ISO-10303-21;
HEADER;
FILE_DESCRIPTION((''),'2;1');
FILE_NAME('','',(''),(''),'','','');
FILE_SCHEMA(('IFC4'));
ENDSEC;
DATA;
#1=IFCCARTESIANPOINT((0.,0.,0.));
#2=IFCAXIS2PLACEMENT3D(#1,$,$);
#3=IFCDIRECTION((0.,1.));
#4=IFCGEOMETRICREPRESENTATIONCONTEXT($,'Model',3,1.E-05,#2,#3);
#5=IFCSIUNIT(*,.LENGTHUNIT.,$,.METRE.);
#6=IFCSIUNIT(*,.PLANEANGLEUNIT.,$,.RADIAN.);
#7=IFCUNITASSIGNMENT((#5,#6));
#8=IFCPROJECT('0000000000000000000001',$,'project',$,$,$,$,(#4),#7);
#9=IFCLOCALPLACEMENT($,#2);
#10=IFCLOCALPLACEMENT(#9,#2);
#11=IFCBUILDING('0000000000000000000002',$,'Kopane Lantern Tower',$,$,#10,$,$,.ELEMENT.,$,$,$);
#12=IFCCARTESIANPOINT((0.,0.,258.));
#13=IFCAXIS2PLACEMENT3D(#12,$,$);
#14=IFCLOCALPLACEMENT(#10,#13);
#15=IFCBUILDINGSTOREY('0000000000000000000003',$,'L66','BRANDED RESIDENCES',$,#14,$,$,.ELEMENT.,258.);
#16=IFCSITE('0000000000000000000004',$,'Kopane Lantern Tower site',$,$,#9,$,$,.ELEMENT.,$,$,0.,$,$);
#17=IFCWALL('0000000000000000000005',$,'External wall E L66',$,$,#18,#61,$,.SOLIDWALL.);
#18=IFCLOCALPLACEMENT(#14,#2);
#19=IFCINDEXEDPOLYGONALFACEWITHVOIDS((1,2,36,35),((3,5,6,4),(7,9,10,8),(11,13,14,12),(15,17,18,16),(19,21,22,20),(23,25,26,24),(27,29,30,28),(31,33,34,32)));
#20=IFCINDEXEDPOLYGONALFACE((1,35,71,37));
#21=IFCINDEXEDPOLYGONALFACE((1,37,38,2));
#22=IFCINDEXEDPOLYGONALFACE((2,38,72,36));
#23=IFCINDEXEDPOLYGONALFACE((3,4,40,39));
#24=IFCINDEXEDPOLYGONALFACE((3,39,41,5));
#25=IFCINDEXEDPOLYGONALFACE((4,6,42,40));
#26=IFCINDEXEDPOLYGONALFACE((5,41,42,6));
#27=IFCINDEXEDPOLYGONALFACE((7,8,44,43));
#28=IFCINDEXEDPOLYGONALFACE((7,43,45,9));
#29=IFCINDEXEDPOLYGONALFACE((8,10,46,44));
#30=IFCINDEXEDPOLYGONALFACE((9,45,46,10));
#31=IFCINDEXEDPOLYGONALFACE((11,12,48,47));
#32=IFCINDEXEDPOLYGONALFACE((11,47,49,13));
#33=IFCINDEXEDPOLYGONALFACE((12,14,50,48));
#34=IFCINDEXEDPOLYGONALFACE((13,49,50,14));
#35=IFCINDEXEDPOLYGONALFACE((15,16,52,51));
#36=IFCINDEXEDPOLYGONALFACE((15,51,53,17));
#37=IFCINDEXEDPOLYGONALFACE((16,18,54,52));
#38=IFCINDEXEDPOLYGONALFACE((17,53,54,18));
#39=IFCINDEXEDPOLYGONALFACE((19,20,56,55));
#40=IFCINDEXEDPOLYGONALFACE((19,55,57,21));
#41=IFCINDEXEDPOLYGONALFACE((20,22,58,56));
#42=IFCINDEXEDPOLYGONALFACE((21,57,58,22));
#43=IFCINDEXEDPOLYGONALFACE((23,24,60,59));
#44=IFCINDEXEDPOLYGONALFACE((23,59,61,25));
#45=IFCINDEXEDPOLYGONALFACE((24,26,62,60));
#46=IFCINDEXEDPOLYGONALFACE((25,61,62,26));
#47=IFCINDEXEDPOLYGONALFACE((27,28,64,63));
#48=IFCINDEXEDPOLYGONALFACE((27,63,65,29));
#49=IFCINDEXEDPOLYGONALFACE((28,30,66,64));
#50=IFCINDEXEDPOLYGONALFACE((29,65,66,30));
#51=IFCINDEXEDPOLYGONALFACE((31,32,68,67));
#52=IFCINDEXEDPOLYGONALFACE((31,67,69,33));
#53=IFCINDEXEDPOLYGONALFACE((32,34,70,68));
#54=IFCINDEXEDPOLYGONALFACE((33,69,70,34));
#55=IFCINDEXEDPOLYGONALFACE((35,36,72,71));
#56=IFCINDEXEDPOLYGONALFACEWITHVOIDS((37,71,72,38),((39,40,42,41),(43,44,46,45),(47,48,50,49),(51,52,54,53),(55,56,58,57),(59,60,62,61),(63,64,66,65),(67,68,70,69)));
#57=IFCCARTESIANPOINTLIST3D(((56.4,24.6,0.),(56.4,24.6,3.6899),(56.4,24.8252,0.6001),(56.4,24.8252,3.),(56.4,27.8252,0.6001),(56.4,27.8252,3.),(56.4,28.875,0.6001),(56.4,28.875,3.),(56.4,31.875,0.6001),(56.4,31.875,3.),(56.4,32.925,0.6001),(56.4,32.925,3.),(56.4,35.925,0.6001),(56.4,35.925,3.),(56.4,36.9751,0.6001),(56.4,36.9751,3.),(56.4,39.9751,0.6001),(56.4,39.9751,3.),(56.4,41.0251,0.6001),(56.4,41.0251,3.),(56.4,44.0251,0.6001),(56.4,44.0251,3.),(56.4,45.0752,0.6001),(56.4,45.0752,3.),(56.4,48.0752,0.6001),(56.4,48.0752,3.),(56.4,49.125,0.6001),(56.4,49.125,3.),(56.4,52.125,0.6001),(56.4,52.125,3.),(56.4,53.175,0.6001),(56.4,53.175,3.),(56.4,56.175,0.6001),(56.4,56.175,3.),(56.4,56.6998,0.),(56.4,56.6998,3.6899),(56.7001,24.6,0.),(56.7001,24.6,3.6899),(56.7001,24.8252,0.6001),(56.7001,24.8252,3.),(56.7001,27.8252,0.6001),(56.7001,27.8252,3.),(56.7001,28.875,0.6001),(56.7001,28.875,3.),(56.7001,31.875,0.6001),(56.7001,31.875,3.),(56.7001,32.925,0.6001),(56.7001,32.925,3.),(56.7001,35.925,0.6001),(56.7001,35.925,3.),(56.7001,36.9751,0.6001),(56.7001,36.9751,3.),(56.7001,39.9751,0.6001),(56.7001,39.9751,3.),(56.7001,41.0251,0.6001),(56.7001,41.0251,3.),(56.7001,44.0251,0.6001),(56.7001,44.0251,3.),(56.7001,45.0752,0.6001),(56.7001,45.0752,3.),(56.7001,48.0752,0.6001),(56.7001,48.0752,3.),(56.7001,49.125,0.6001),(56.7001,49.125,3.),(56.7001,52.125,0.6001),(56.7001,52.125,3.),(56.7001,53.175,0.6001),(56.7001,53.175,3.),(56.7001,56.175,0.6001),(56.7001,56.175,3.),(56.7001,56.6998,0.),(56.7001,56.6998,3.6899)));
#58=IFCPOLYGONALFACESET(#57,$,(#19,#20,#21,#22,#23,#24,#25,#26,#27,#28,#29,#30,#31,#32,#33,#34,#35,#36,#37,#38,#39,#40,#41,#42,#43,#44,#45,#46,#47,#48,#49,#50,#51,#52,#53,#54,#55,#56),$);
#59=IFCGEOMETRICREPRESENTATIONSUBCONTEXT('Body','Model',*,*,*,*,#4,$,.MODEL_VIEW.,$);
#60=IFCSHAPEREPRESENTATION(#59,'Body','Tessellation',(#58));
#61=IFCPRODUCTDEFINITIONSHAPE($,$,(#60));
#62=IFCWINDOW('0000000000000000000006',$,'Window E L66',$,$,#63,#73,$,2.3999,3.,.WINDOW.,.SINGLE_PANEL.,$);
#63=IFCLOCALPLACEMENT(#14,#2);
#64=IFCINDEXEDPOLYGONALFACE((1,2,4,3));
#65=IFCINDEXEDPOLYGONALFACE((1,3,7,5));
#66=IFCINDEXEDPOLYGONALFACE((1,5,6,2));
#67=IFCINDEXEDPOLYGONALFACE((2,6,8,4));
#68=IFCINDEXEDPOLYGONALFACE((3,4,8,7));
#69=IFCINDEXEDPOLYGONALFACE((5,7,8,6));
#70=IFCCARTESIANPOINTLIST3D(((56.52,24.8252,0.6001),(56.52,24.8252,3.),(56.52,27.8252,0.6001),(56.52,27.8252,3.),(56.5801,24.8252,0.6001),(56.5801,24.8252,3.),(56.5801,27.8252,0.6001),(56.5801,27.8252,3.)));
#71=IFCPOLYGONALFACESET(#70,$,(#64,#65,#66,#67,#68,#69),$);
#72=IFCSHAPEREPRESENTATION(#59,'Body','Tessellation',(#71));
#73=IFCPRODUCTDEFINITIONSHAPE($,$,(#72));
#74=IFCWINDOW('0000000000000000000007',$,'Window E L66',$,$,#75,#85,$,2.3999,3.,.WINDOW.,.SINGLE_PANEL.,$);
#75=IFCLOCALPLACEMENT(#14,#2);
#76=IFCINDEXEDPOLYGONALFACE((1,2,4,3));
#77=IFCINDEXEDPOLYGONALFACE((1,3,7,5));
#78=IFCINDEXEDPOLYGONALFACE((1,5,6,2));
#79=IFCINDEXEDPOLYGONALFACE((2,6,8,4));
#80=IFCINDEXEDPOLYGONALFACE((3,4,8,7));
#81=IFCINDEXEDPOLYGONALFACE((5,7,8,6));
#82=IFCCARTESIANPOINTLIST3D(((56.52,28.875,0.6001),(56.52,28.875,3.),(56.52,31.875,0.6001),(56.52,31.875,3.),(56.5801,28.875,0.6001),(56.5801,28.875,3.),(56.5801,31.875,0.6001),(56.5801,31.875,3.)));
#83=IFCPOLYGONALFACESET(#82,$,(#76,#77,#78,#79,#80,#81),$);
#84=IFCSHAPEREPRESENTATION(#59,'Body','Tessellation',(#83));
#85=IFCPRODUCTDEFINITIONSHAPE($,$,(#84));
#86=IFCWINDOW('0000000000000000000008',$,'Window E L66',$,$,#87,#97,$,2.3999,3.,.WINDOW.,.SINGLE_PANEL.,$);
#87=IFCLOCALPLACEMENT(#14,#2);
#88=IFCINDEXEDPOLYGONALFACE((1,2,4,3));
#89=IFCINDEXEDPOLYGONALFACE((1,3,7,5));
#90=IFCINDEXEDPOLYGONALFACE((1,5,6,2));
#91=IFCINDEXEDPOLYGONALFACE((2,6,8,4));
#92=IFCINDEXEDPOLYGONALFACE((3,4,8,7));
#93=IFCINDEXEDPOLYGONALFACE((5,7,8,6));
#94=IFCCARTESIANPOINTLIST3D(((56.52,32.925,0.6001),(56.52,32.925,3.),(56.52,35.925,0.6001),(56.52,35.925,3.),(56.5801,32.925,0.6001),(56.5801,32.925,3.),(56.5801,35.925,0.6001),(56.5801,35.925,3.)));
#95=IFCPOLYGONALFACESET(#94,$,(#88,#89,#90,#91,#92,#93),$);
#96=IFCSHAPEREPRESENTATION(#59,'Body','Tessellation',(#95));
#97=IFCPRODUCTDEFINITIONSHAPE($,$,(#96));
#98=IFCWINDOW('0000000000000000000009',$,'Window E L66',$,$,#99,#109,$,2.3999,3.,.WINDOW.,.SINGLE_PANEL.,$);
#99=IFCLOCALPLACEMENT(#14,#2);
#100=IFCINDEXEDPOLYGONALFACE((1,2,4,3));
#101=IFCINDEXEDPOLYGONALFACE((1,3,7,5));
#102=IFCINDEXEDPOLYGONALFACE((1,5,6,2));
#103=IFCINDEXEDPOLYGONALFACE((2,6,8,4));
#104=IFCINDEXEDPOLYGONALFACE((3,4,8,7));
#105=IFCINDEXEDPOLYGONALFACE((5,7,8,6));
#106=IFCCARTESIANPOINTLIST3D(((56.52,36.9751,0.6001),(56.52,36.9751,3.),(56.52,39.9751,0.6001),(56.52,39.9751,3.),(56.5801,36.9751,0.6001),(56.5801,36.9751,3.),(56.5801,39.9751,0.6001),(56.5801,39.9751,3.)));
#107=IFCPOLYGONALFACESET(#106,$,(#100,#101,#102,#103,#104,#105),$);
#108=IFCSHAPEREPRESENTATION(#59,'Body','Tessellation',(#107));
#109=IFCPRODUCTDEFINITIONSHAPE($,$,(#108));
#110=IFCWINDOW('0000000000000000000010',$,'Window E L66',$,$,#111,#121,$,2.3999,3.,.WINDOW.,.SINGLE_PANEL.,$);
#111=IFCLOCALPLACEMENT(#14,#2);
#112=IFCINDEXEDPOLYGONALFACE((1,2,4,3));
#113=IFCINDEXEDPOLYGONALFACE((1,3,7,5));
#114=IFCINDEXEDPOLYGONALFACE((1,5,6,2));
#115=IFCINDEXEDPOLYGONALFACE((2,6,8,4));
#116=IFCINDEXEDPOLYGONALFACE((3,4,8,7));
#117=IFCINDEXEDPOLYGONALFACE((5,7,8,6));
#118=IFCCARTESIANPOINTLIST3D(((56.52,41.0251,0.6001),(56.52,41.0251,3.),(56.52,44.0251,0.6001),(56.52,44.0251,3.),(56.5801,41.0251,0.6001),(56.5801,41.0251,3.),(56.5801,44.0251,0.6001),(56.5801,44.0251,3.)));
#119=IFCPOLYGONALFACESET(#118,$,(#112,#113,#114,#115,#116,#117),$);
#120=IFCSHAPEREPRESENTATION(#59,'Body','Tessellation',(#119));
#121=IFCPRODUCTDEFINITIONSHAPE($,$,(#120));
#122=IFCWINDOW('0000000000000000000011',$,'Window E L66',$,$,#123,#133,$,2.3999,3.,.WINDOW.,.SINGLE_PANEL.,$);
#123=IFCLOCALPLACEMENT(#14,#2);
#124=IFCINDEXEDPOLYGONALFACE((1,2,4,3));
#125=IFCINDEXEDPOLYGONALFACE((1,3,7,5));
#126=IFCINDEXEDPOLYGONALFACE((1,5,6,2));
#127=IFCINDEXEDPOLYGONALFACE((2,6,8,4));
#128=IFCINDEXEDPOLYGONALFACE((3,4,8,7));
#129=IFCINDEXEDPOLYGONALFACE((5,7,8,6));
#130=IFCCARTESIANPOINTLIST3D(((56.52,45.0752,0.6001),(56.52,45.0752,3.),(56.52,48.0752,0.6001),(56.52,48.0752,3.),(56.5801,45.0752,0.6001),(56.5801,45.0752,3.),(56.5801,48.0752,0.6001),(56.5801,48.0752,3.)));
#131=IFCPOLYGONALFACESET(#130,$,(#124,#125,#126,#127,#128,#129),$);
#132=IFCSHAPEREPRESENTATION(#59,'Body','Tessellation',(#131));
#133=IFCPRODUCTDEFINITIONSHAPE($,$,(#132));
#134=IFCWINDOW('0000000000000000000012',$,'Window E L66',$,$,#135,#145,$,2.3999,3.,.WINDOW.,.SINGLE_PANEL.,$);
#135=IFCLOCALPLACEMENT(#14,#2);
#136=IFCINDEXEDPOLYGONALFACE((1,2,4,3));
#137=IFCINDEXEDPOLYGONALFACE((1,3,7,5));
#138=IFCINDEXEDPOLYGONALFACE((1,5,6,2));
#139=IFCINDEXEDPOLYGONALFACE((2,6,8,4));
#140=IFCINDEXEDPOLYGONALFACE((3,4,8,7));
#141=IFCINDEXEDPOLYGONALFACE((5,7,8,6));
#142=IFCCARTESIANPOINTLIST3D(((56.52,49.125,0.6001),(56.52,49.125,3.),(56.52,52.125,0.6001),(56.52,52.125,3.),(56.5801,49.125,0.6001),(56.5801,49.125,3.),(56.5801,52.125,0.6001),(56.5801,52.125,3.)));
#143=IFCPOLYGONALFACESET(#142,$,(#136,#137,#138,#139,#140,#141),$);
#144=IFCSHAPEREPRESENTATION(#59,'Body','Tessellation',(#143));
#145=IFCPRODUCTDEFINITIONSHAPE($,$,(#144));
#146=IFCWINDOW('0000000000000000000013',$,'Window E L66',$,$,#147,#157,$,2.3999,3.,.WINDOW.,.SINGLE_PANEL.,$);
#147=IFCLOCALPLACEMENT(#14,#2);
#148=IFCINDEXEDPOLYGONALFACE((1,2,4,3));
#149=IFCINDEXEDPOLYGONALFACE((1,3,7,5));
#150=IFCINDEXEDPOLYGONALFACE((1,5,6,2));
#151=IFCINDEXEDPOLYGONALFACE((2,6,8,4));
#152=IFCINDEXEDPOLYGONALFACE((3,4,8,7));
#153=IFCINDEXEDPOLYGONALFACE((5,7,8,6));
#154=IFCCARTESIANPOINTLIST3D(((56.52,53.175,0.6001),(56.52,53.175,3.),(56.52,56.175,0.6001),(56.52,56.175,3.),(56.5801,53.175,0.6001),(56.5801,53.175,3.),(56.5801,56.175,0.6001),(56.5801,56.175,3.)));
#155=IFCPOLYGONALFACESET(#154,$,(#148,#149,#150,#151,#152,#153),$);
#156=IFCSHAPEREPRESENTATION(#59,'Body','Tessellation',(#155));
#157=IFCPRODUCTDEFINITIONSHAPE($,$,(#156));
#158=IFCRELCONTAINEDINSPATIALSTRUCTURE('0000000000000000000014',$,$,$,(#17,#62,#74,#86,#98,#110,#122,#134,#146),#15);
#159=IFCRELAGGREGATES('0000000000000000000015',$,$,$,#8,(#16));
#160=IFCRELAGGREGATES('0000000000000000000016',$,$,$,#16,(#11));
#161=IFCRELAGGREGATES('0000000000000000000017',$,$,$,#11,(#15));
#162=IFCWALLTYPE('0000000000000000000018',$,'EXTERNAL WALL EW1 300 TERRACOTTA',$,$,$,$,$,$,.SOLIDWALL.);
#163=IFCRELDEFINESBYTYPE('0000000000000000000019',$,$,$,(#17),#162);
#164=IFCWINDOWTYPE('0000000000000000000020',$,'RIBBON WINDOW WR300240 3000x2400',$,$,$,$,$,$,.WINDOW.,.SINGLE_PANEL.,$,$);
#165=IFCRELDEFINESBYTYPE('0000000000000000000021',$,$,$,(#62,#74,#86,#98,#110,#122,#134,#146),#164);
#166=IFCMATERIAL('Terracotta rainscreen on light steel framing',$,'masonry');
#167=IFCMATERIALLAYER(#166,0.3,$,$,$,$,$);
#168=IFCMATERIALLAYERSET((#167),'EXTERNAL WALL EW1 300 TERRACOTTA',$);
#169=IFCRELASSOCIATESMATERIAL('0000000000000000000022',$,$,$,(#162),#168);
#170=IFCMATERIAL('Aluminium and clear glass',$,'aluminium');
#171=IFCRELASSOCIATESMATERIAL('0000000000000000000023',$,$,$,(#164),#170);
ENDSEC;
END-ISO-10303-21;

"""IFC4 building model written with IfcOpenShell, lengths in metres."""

from ifc_helpers import new_model, si_unit, direction, frame, frame_2d, origin, place, context, subcontext, project, spatial, rectangle, extrude, material, layer, layer_set, type_object, element, fill, save


model = new_model("IFC4")

# Units and contexts
model_context = context("Model", 3, precision=1e-05, world=origin(), true_north=direction((0.0, 1.0)))
body_context = subcontext(model_context, "Body", "Model", "MODEL_VIEW")
ifc_project = project(units=[si_unit("LENGTHUNIT", "METRE"), si_unit("PLANEANGLEUNIT", "RADIAN")], contexts=[model_context])

# Site, building, storey
site_placement = place(None, origin())
site = spatial("IfcSite", under=ifc_project, at=site_placement, Name="Kopane Lantern Tower site", CompositionType="ELEMENT", RefElevation=0.0)
building_placement = place(site_placement, origin())
building = spatial("IfcBuilding", under=site, at=building_placement, Name="Kopane Lantern Tower", CompositionType="ELEMENT")
storey_placement = place(building_placement, frame((0.0, 0.0, 258.0)))
storey = spatial("IfcBuildingStorey", under=building, at=storey_placement, Name="L66", Description="BRANDED RESIDENCES", CompositionType="ELEMENT", Elevation=258.0)

# Shared definitions
ifc_material_1 = material(Name="Terracotta rainscreen on light steel framing", Category="masonry")
ifc_layer_1 = layer(ifc_material_1, 0.3)
ifc_layer_set_1 = layer_set([ifc_layer_1], Name="EXTERNAL WALL EW1 300 TERRACOTTA")
wall_type_1 = type_object("IfcWallType", Name="EXTERNAL WALL EW1 300 TERRACOTTA", PredefinedType="SOLIDWALL", material=ifc_layer_set_1)

# Wall, openings, windows
wall_1_placement = place(storey_placement, frame((56.55, 24.6001, 0.0), z_axis=(0.0, 0.0, 1.0), x_axis=(0.0, 1.0, 0.0)))
wall_1 = element("IfcWall", 1, at=wall_1_placement, inside=storey, type_object=wall_type_1, Name="External wall E L66", PredefinedType="SOLIDWALL", context=body_context, shape_type="SweptSolid", body=[
    extrude(rectangle(XDim=32.0999, YDim=0.3, at=frame_2d((16.0498, 0.0))), origin(), (0.0, 0.0, 1.0), 3.6899),
])
opening_1_placement = place(wall_1_placement, frame((0.2251, 0.0, 0.6001)))
opening_1 = element("IfcOpeningElement", 2, at=opening_1_placement, cuts=wall_1, PredefinedType="OPENING", context=body_context, shape_type="SweptSolid", body=[
    extrude(rectangle(XDim=3.0, YDim=2.3999, at=frame_2d((1.5, 1.2))), frame((0.0, 0.1599, 0.0), z_axis=(0.0, -1.0, 0.0), x_axis=(1.0, 0.0, 0.0)), (0.0, 0.0, 1.0), 0.3201),
])
opening_2_placement = place(wall_1_placement, frame((4.2749, 0.0, 0.6001)))
opening_2 = element("IfcOpeningElement", 3, at=opening_2_placement, cuts=wall_1, PredefinedType="OPENING", context=body_context, shape_type="SweptSolid", body=[
    extrude(rectangle(XDim=3.0, YDim=2.3999, at=frame_2d((1.5, 1.2))), frame((0.0, 0.1599, 0.0), z_axis=(0.0, -1.0, 0.0), x_axis=(1.0, 0.0, 0.0)), (0.0, 0.0, 1.0), 0.3201),
])
opening_3_placement = place(wall_1_placement, frame((8.325, 0.0, 0.6001)))
opening_3 = element("IfcOpeningElement", 4, at=opening_3_placement, cuts=wall_1, PredefinedType="OPENING", context=body_context, shape_type="SweptSolid", body=[
    extrude(rectangle(XDim=3.0, YDim=2.3999, at=frame_2d((1.5, 1.2))), frame((0.0, 0.1599, 0.0), z_axis=(0.0, -1.0, 0.0), x_axis=(1.0, 0.0, 0.0)), (0.0, 0.0, 1.0), 0.3201),
])
opening_4_placement = place(wall_1_placement, frame((12.375, 0.0, 0.6001)))
opening_4 = element("IfcOpeningElement", 5, at=opening_4_placement, cuts=wall_1, PredefinedType="OPENING", context=body_context, shape_type="SweptSolid", body=[
    extrude(rectangle(XDim=3.0, YDim=2.3999, at=frame_2d((1.5, 1.2))), frame((0.0, 0.1599, 0.0), z_axis=(0.0, -1.0, 0.0), x_axis=(1.0, 0.0, 0.0)), (0.0, 0.0, 1.0), 0.3201),
])
opening_5_placement = place(wall_1_placement, frame((16.425, 0.0, 0.6001)))
opening_5 = element("IfcOpeningElement", 6, at=opening_5_placement, cuts=wall_1, PredefinedType="OPENING", context=body_context, shape_type="SweptSolid", body=[
    extrude(rectangle(XDim=3.0, YDim=2.3999, at=frame_2d((1.5, 1.2))), frame((0.0, 0.1599, 0.0), z_axis=(0.0, -1.0, 0.0), x_axis=(1.0, 0.0, 0.0)), (0.0, 0.0, 1.0), 0.3201),
])
opening_6_placement = place(wall_1_placement, frame((20.4751, 0.0, 0.6001)))
opening_6 = element("IfcOpeningElement", 7, at=opening_6_placement, cuts=wall_1, PredefinedType="OPENING", context=body_context, shape_type="SweptSolid", body=[
    extrude(rectangle(XDim=3.0, YDim=2.3999, at=frame_2d((1.5, 1.2))), frame((0.0, 0.1599, 0.0), z_axis=(0.0, -1.0, 0.0), x_axis=(1.0, 0.0, 0.0)), (0.0, 0.0, 1.0), 0.3201),
])
opening_7_placement = place(wall_1_placement, frame((24.5249, 0.0, 0.6001)))
opening_7 = element("IfcOpeningElement", 8, at=opening_7_placement, cuts=wall_1, PredefinedType="OPENING", context=body_context, shape_type="SweptSolid", body=[
    extrude(rectangle(XDim=3.0, YDim=2.3999, at=frame_2d((1.5, 1.2))), frame((0.0, 0.1599, 0.0), z_axis=(0.0, -1.0, 0.0), x_axis=(1.0, 0.0, 0.0)), (0.0, 0.0, 1.0), 0.3201),
])
opening_8_placement = place(wall_1_placement, frame((28.575, 0.0, 0.6001)))
opening_8 = element("IfcOpeningElement", 9, at=opening_8_placement, cuts=wall_1, PredefinedType="OPENING", context=body_context, shape_type="SweptSolid", body=[
    extrude(rectangle(XDim=3.0, YDim=2.3999, at=frame_2d((1.5, 1.2))), frame((0.0, 0.1599, 0.0), z_axis=(0.0, -1.0, 0.0), x_axis=(1.0, 0.0, 0.0)), (0.0, 0.0, 1.0), 0.3201),
])
ifc_material_2 = material(Name="Aluminium and clear glass", Category="aluminium")
window_type_1 = type_object("IfcWindowType", Name="RIBBON WINDOW WR300240 3000x2400", PartitioningType="SINGLE_PANEL", PredefinedType="WINDOW", material=ifc_material_2)
window_1_placement = place(opening_1_placement, origin())
window_1 = element("IfcWindow", 10, at=window_1_placement, inside=storey, type_object=window_type_1, Name="Window E L66", OverallHeight=2.3999, OverallWidth=3.0, PartitioningType="SINGLE_PANEL", PredefinedType="WINDOW", context=body_context, shape_type="SweptSolid", body=[
    extrude(rectangle(XDim=3.0, YDim=2.3999, at=frame_2d((1.5, 1.2))), frame((0.0, 0.03, 0.0), z_axis=(0.0, -1.0, 0.0), x_axis=(1.0, 0.0, 0.0)), (0.0, 0.0, 1.0), 0.0601),
])
fill(opening_1, window_1)
window_2_placement = place(opening_2_placement, origin())
window_2 = element("IfcWindow", 11, at=window_2_placement, inside=storey, type_object=window_type_1, Name="Window E L66", OverallHeight=2.3999, OverallWidth=3.0, PartitioningType="SINGLE_PANEL", PredefinedType="WINDOW", context=body_context, shape_type="SweptSolid", body=[
    extrude(rectangle(XDim=3.0, YDim=2.3999, at=frame_2d((1.5, 1.2))), frame((0.0, 0.03, 0.0), z_axis=(0.0, -1.0, 0.0), x_axis=(1.0, 0.0, 0.0)), (0.0, 0.0, 1.0), 0.0601),
])
fill(opening_2, window_2)
window_3_placement = place(opening_3_placement, origin())
window_3 = element("IfcWindow", 12, at=window_3_placement, inside=storey, type_object=window_type_1, Name="Window E L66", OverallHeight=2.3999, OverallWidth=3.0, PartitioningType="SINGLE_PANEL", PredefinedType="WINDOW", context=body_context, shape_type="SweptSolid", body=[
    extrude(rectangle(XDim=3.0, YDim=2.3999, at=frame_2d((1.5, 1.2))), frame((0.0, 0.03, 0.0), z_axis=(0.0, -1.0, 0.0), x_axis=(1.0, 0.0, 0.0)), (0.0, 0.0, 1.0), 0.0601),
])
fill(opening_3, window_3)
window_4_placement = place(opening_4_placement, origin())
window_4 = element("IfcWindow", 13, at=window_4_placement, inside=storey, type_object=window_type_1, Name="Window E L66", OverallHeight=2.3999, OverallWidth=3.0, PartitioningType="SINGLE_PANEL", PredefinedType="WINDOW", context=body_context, shape_type="SweptSolid", body=[
    extrude(rectangle(XDim=3.0, YDim=2.3999, at=frame_2d((1.5, 1.2))), frame((0.0, 0.03, 0.0), z_axis=(0.0, -1.0, 0.0), x_axis=(1.0, 0.0, 0.0)), (0.0, 0.0, 1.0), 0.0601),
])
fill(opening_4, window_4)
window_5_placement = place(opening_5_placement, origin())
window_5 = element("IfcWindow", 14, at=window_5_placement, inside=storey, type_object=window_type_1, Name="Window E L66", OverallHeight=2.3999, OverallWidth=3.0, PartitioningType="SINGLE_PANEL", PredefinedType="WINDOW", context=body_context, shape_type="SweptSolid", body=[
    extrude(rectangle(XDim=3.0, YDim=2.3999, at=frame_2d((1.5, 1.2))), frame((0.0, 0.03, 0.0), z_axis=(0.0, -1.0, 0.0), x_axis=(1.0, 0.0, 0.0)), (0.0, 0.0, 1.0), 0.0601),
])
fill(opening_5, window_5)
window_6_placement = place(opening_6_placement, origin())
window_6 = element("IfcWindow", 15, at=window_6_placement, inside=storey, type_object=window_type_1, Name="Window E L66", OverallHeight=2.3999, OverallWidth=3.0, PartitioningType="SINGLE_PANEL", PredefinedType="WINDOW", context=body_context, shape_type="SweptSolid", body=[
    extrude(rectangle(XDim=3.0, YDim=2.3999, at=frame_2d((1.5, 1.2))), frame((0.0, 0.03, 0.0), z_axis=(0.0, -1.0, 0.0), x_axis=(1.0, 0.0, 0.0)), (0.0, 0.0, 1.0), 0.0601),
])
fill(opening_6, window_6)
window_7_placement = place(opening_7_placement, origin())
window_7 = element("IfcWindow", 16, at=window_7_placement, inside=storey, type_object=window_type_1, Name="Window E L66", OverallHeight=2.3999, OverallWidth=3.0, PartitioningType="SINGLE_PANEL", PredefinedType="WINDOW", context=body_context, shape_type="SweptSolid", body=[
    extrude(rectangle(XDim=3.0, YDim=2.3999, at=frame_2d((1.5, 1.2))), frame((0.0, 0.03, 0.0), z_axis=(0.0, -1.0, 0.0), x_axis=(1.0, 0.0, 0.0)), (0.0, 0.0, 1.0), 0.0601),
])
fill(opening_7, window_7)
window_8_placement = place(opening_8_placement, origin())
window_8 = element("IfcWindow", 17, at=window_8_placement, inside=storey, type_object=window_type_1, Name="Window E L66", OverallHeight=2.3999, OverallWidth=3.0, PartitioningType="SINGLE_PANEL", PredefinedType="WINDOW", context=body_context, shape_type="SweptSolid", body=[
    extrude(rectangle(XDim=3.0, YDim=2.3999, at=frame_2d((1.5, 1.2))), frame((0.0, 0.03, 0.0), z_axis=(0.0, -1.0, 0.0), x_axis=(1.0, 0.0, 0.0)), (0.0, 0.0, 1.0), 0.0601),
])
fill(opening_8, window_8)

save(model, "model.ifc")
